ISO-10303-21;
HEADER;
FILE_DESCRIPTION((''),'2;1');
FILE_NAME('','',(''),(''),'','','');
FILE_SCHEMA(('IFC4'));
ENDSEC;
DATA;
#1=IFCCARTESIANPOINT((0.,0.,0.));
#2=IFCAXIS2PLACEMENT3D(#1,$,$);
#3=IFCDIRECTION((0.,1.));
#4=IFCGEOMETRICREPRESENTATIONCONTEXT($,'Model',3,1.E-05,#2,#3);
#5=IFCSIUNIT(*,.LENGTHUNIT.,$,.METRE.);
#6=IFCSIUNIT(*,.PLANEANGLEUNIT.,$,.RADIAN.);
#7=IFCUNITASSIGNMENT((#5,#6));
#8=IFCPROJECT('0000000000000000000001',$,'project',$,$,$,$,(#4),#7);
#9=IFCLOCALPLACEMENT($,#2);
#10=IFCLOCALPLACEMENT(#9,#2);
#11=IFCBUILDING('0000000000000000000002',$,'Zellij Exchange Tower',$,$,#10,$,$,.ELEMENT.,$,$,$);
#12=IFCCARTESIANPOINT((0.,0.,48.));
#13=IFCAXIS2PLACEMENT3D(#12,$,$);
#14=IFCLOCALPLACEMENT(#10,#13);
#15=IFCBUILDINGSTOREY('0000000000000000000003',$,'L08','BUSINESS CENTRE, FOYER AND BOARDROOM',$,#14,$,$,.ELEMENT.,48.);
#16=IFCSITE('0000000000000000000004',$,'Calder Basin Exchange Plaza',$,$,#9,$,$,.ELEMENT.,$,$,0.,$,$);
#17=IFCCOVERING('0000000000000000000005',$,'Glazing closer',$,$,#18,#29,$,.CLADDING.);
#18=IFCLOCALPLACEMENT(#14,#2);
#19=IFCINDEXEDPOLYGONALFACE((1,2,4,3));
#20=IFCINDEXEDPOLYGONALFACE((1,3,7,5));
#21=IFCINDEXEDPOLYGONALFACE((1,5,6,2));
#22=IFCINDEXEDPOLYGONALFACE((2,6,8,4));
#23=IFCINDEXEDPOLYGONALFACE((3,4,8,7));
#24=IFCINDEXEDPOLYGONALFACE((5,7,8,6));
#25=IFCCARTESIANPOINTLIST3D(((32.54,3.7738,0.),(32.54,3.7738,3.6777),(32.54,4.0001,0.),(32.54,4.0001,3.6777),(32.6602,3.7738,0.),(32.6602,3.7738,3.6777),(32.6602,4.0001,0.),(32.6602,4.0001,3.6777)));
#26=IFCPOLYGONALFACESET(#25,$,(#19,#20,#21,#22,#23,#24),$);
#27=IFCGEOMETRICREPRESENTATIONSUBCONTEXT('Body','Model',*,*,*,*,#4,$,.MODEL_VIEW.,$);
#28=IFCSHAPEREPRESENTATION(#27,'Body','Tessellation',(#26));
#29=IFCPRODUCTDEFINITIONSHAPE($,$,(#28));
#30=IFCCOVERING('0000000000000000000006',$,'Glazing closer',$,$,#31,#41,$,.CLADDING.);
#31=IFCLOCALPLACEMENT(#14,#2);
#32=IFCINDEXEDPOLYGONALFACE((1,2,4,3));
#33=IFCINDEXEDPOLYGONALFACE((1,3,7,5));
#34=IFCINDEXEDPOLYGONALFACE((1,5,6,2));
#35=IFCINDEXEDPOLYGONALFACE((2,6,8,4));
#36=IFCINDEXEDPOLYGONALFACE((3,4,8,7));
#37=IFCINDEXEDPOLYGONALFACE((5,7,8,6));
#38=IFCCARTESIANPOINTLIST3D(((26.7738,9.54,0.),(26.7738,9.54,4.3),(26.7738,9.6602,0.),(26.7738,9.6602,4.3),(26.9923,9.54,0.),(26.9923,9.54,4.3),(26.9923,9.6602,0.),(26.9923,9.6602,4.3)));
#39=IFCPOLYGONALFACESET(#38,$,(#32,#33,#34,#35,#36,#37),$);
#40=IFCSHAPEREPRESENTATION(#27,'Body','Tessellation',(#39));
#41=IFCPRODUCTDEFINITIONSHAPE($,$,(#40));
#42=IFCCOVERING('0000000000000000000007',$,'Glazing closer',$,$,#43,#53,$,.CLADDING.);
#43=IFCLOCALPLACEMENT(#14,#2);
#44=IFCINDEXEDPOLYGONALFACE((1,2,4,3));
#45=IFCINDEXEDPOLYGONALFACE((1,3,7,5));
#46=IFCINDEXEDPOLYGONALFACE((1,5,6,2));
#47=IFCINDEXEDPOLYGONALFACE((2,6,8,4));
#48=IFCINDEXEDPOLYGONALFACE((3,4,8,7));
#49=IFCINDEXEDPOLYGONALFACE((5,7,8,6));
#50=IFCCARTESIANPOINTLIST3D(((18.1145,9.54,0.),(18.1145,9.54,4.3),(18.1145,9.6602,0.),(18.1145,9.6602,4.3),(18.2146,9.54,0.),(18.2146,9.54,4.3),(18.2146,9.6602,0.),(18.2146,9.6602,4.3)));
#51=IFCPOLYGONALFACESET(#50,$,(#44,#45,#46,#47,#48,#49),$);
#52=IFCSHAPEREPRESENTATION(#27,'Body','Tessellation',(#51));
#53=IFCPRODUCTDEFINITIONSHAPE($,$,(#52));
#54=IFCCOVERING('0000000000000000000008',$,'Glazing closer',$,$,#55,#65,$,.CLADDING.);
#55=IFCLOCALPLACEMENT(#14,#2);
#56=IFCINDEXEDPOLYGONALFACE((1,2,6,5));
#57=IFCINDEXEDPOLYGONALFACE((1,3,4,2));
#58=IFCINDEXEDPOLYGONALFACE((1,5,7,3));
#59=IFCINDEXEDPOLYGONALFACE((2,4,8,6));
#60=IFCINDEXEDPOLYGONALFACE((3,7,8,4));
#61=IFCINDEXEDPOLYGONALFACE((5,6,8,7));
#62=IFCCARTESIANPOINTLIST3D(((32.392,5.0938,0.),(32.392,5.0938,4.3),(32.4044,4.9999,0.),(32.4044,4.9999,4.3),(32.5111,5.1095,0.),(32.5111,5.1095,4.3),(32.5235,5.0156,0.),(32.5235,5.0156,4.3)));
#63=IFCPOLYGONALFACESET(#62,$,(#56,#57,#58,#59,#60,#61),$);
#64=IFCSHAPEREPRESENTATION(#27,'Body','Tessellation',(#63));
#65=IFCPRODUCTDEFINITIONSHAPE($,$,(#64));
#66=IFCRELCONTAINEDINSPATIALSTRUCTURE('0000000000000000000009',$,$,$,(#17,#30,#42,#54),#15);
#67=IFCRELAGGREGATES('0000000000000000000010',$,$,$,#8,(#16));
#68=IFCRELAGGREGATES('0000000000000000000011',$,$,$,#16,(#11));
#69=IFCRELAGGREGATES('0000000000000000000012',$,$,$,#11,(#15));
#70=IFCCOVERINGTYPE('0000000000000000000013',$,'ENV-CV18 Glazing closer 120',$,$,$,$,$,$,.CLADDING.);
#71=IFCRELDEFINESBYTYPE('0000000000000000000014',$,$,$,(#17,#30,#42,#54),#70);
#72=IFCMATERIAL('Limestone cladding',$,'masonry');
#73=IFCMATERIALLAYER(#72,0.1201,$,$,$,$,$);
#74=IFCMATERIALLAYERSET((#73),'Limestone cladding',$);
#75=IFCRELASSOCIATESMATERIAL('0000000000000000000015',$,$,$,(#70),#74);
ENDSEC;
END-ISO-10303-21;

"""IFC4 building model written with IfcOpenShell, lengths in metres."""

from ifc_helpers import new_model, si_unit, direction, frame, origin, origin_2d, place, context, subcontext, project, spatial, rectangle, extrude, material, layer, layer_set, type_object, element, save


model = new_model("IFC4")

# Units and contexts
model_context = context("Model", 3, precision=1e-05, world=origin(), true_north=direction((0.0, 1.0)))
body_context = subcontext(model_context, "Body", "Model", "MODEL_VIEW")
ifc_project = project(units=[si_unit("LENGTHUNIT", "METRE"), si_unit("PLANEANGLEUNIT", "RADIAN")], contexts=[model_context])

# Site, building, storey
site_placement = place(None, origin())
site = spatial("IfcSite", under=ifc_project, at=site_placement, Name="Calder Basin Exchange Plaza", CompositionType="ELEMENT", RefElevation=0.0)
building_placement = place(site_placement, origin())
building = spatial("IfcBuilding", under=site, at=building_placement, Name="Zellij Exchange Tower", CompositionType="ELEMENT")
storey_placement = place(building_placement, frame((0.0, 0.0, 48.0)))
storey = spatial("IfcBuildingStorey", under=building, at=storey_placement, Name="L08", Description="BUSINESS CENTRE, FOYER AND BOARDROOM", CompositionType="ELEMENT", Elevation=48.0)

# Coverings
ifc_material_1 = material(Name="Limestone cladding", Category="masonry")
ifc_layer_1 = layer(ifc_material_1, 0.1201)
ifc_layer_set_1 = layer_set([ifc_layer_1], Name="Limestone cladding")
covering_type = type_object("IfcCoveringType", Name="ENV-CV18 Glazing closer 120", PredefinedType="CLADDING", material=ifc_layer_set_1)
covering_1_placement = place(storey_placement, frame((32.6001, 3.887, 0.0), z_axis=(0.0, 0.0, 1.0), x_axis=(0.0, 1.0, 0.0)))
element("IfcCovering", 1, at=covering_1_placement, inside=storey, type_object=covering_type, Name="Glazing closer", PredefinedType="CLADDING", context=body_context, shape_type="SweptSolid", body=[
    extrude(rectangle(XDim=0.2263, YDim=0.1201, at=origin_2d()), origin(), (0.0, 0.0, 1.0), 3.6777),
])
covering_2_placement = place(storey_placement, frame((26.8831, 9.6001, 0.0), z_axis=(0.0, 0.0, 1.0), x_axis=(1.0, 0.0, 0.0)))
element("IfcCovering", 2, at=covering_2_placement, inside=storey, type_object=covering_type, Name="Glazing closer", PredefinedType="CLADDING", context=body_context, shape_type="SweptSolid", body=[
    extrude(rectangle(XDim=0.2185, YDim=0.1201, at=origin_2d()), origin(), (0.0, 0.0, 1.0), 4.3),
])
covering_3_placement = place(storey_placement, frame((18.1646, 9.6001, 0.0), z_axis=(0.0, 0.0, 1.0), x_axis=(-1.0, 0.0, 0.0)))
element("IfcCovering", 3, at=covering_3_placement, inside=storey, type_object=covering_type, Name="Glazing closer", PredefinedType="CLADDING", context=body_context, shape_type="SweptSolid", body=[
    extrude(rectangle(XDim=0.1001, YDim=0.1201, at=origin_2d()), origin(), (0.0, 0.0, 1.0), 4.3),
])
covering_4_placement = place(storey_placement, frame((32.4578, 5.0547, 0.0), z_axis=(0.0, 0.0, 1.0), x_axis=(0.130499, -0.991449, 0.0)))
element("IfcCovering", 4, at=covering_4_placement, inside=storey, type_object=covering_type, Name="Glazing closer", PredefinedType="CLADDING", context=body_context, shape_type="SweptSolid", body=[
    extrude(rectangle(XDim=0.0947, YDim=0.1201, at=origin_2d()), origin(), (0.0, 0.0, 1.0), 4.3),
])

save(model, "model.ifc")
